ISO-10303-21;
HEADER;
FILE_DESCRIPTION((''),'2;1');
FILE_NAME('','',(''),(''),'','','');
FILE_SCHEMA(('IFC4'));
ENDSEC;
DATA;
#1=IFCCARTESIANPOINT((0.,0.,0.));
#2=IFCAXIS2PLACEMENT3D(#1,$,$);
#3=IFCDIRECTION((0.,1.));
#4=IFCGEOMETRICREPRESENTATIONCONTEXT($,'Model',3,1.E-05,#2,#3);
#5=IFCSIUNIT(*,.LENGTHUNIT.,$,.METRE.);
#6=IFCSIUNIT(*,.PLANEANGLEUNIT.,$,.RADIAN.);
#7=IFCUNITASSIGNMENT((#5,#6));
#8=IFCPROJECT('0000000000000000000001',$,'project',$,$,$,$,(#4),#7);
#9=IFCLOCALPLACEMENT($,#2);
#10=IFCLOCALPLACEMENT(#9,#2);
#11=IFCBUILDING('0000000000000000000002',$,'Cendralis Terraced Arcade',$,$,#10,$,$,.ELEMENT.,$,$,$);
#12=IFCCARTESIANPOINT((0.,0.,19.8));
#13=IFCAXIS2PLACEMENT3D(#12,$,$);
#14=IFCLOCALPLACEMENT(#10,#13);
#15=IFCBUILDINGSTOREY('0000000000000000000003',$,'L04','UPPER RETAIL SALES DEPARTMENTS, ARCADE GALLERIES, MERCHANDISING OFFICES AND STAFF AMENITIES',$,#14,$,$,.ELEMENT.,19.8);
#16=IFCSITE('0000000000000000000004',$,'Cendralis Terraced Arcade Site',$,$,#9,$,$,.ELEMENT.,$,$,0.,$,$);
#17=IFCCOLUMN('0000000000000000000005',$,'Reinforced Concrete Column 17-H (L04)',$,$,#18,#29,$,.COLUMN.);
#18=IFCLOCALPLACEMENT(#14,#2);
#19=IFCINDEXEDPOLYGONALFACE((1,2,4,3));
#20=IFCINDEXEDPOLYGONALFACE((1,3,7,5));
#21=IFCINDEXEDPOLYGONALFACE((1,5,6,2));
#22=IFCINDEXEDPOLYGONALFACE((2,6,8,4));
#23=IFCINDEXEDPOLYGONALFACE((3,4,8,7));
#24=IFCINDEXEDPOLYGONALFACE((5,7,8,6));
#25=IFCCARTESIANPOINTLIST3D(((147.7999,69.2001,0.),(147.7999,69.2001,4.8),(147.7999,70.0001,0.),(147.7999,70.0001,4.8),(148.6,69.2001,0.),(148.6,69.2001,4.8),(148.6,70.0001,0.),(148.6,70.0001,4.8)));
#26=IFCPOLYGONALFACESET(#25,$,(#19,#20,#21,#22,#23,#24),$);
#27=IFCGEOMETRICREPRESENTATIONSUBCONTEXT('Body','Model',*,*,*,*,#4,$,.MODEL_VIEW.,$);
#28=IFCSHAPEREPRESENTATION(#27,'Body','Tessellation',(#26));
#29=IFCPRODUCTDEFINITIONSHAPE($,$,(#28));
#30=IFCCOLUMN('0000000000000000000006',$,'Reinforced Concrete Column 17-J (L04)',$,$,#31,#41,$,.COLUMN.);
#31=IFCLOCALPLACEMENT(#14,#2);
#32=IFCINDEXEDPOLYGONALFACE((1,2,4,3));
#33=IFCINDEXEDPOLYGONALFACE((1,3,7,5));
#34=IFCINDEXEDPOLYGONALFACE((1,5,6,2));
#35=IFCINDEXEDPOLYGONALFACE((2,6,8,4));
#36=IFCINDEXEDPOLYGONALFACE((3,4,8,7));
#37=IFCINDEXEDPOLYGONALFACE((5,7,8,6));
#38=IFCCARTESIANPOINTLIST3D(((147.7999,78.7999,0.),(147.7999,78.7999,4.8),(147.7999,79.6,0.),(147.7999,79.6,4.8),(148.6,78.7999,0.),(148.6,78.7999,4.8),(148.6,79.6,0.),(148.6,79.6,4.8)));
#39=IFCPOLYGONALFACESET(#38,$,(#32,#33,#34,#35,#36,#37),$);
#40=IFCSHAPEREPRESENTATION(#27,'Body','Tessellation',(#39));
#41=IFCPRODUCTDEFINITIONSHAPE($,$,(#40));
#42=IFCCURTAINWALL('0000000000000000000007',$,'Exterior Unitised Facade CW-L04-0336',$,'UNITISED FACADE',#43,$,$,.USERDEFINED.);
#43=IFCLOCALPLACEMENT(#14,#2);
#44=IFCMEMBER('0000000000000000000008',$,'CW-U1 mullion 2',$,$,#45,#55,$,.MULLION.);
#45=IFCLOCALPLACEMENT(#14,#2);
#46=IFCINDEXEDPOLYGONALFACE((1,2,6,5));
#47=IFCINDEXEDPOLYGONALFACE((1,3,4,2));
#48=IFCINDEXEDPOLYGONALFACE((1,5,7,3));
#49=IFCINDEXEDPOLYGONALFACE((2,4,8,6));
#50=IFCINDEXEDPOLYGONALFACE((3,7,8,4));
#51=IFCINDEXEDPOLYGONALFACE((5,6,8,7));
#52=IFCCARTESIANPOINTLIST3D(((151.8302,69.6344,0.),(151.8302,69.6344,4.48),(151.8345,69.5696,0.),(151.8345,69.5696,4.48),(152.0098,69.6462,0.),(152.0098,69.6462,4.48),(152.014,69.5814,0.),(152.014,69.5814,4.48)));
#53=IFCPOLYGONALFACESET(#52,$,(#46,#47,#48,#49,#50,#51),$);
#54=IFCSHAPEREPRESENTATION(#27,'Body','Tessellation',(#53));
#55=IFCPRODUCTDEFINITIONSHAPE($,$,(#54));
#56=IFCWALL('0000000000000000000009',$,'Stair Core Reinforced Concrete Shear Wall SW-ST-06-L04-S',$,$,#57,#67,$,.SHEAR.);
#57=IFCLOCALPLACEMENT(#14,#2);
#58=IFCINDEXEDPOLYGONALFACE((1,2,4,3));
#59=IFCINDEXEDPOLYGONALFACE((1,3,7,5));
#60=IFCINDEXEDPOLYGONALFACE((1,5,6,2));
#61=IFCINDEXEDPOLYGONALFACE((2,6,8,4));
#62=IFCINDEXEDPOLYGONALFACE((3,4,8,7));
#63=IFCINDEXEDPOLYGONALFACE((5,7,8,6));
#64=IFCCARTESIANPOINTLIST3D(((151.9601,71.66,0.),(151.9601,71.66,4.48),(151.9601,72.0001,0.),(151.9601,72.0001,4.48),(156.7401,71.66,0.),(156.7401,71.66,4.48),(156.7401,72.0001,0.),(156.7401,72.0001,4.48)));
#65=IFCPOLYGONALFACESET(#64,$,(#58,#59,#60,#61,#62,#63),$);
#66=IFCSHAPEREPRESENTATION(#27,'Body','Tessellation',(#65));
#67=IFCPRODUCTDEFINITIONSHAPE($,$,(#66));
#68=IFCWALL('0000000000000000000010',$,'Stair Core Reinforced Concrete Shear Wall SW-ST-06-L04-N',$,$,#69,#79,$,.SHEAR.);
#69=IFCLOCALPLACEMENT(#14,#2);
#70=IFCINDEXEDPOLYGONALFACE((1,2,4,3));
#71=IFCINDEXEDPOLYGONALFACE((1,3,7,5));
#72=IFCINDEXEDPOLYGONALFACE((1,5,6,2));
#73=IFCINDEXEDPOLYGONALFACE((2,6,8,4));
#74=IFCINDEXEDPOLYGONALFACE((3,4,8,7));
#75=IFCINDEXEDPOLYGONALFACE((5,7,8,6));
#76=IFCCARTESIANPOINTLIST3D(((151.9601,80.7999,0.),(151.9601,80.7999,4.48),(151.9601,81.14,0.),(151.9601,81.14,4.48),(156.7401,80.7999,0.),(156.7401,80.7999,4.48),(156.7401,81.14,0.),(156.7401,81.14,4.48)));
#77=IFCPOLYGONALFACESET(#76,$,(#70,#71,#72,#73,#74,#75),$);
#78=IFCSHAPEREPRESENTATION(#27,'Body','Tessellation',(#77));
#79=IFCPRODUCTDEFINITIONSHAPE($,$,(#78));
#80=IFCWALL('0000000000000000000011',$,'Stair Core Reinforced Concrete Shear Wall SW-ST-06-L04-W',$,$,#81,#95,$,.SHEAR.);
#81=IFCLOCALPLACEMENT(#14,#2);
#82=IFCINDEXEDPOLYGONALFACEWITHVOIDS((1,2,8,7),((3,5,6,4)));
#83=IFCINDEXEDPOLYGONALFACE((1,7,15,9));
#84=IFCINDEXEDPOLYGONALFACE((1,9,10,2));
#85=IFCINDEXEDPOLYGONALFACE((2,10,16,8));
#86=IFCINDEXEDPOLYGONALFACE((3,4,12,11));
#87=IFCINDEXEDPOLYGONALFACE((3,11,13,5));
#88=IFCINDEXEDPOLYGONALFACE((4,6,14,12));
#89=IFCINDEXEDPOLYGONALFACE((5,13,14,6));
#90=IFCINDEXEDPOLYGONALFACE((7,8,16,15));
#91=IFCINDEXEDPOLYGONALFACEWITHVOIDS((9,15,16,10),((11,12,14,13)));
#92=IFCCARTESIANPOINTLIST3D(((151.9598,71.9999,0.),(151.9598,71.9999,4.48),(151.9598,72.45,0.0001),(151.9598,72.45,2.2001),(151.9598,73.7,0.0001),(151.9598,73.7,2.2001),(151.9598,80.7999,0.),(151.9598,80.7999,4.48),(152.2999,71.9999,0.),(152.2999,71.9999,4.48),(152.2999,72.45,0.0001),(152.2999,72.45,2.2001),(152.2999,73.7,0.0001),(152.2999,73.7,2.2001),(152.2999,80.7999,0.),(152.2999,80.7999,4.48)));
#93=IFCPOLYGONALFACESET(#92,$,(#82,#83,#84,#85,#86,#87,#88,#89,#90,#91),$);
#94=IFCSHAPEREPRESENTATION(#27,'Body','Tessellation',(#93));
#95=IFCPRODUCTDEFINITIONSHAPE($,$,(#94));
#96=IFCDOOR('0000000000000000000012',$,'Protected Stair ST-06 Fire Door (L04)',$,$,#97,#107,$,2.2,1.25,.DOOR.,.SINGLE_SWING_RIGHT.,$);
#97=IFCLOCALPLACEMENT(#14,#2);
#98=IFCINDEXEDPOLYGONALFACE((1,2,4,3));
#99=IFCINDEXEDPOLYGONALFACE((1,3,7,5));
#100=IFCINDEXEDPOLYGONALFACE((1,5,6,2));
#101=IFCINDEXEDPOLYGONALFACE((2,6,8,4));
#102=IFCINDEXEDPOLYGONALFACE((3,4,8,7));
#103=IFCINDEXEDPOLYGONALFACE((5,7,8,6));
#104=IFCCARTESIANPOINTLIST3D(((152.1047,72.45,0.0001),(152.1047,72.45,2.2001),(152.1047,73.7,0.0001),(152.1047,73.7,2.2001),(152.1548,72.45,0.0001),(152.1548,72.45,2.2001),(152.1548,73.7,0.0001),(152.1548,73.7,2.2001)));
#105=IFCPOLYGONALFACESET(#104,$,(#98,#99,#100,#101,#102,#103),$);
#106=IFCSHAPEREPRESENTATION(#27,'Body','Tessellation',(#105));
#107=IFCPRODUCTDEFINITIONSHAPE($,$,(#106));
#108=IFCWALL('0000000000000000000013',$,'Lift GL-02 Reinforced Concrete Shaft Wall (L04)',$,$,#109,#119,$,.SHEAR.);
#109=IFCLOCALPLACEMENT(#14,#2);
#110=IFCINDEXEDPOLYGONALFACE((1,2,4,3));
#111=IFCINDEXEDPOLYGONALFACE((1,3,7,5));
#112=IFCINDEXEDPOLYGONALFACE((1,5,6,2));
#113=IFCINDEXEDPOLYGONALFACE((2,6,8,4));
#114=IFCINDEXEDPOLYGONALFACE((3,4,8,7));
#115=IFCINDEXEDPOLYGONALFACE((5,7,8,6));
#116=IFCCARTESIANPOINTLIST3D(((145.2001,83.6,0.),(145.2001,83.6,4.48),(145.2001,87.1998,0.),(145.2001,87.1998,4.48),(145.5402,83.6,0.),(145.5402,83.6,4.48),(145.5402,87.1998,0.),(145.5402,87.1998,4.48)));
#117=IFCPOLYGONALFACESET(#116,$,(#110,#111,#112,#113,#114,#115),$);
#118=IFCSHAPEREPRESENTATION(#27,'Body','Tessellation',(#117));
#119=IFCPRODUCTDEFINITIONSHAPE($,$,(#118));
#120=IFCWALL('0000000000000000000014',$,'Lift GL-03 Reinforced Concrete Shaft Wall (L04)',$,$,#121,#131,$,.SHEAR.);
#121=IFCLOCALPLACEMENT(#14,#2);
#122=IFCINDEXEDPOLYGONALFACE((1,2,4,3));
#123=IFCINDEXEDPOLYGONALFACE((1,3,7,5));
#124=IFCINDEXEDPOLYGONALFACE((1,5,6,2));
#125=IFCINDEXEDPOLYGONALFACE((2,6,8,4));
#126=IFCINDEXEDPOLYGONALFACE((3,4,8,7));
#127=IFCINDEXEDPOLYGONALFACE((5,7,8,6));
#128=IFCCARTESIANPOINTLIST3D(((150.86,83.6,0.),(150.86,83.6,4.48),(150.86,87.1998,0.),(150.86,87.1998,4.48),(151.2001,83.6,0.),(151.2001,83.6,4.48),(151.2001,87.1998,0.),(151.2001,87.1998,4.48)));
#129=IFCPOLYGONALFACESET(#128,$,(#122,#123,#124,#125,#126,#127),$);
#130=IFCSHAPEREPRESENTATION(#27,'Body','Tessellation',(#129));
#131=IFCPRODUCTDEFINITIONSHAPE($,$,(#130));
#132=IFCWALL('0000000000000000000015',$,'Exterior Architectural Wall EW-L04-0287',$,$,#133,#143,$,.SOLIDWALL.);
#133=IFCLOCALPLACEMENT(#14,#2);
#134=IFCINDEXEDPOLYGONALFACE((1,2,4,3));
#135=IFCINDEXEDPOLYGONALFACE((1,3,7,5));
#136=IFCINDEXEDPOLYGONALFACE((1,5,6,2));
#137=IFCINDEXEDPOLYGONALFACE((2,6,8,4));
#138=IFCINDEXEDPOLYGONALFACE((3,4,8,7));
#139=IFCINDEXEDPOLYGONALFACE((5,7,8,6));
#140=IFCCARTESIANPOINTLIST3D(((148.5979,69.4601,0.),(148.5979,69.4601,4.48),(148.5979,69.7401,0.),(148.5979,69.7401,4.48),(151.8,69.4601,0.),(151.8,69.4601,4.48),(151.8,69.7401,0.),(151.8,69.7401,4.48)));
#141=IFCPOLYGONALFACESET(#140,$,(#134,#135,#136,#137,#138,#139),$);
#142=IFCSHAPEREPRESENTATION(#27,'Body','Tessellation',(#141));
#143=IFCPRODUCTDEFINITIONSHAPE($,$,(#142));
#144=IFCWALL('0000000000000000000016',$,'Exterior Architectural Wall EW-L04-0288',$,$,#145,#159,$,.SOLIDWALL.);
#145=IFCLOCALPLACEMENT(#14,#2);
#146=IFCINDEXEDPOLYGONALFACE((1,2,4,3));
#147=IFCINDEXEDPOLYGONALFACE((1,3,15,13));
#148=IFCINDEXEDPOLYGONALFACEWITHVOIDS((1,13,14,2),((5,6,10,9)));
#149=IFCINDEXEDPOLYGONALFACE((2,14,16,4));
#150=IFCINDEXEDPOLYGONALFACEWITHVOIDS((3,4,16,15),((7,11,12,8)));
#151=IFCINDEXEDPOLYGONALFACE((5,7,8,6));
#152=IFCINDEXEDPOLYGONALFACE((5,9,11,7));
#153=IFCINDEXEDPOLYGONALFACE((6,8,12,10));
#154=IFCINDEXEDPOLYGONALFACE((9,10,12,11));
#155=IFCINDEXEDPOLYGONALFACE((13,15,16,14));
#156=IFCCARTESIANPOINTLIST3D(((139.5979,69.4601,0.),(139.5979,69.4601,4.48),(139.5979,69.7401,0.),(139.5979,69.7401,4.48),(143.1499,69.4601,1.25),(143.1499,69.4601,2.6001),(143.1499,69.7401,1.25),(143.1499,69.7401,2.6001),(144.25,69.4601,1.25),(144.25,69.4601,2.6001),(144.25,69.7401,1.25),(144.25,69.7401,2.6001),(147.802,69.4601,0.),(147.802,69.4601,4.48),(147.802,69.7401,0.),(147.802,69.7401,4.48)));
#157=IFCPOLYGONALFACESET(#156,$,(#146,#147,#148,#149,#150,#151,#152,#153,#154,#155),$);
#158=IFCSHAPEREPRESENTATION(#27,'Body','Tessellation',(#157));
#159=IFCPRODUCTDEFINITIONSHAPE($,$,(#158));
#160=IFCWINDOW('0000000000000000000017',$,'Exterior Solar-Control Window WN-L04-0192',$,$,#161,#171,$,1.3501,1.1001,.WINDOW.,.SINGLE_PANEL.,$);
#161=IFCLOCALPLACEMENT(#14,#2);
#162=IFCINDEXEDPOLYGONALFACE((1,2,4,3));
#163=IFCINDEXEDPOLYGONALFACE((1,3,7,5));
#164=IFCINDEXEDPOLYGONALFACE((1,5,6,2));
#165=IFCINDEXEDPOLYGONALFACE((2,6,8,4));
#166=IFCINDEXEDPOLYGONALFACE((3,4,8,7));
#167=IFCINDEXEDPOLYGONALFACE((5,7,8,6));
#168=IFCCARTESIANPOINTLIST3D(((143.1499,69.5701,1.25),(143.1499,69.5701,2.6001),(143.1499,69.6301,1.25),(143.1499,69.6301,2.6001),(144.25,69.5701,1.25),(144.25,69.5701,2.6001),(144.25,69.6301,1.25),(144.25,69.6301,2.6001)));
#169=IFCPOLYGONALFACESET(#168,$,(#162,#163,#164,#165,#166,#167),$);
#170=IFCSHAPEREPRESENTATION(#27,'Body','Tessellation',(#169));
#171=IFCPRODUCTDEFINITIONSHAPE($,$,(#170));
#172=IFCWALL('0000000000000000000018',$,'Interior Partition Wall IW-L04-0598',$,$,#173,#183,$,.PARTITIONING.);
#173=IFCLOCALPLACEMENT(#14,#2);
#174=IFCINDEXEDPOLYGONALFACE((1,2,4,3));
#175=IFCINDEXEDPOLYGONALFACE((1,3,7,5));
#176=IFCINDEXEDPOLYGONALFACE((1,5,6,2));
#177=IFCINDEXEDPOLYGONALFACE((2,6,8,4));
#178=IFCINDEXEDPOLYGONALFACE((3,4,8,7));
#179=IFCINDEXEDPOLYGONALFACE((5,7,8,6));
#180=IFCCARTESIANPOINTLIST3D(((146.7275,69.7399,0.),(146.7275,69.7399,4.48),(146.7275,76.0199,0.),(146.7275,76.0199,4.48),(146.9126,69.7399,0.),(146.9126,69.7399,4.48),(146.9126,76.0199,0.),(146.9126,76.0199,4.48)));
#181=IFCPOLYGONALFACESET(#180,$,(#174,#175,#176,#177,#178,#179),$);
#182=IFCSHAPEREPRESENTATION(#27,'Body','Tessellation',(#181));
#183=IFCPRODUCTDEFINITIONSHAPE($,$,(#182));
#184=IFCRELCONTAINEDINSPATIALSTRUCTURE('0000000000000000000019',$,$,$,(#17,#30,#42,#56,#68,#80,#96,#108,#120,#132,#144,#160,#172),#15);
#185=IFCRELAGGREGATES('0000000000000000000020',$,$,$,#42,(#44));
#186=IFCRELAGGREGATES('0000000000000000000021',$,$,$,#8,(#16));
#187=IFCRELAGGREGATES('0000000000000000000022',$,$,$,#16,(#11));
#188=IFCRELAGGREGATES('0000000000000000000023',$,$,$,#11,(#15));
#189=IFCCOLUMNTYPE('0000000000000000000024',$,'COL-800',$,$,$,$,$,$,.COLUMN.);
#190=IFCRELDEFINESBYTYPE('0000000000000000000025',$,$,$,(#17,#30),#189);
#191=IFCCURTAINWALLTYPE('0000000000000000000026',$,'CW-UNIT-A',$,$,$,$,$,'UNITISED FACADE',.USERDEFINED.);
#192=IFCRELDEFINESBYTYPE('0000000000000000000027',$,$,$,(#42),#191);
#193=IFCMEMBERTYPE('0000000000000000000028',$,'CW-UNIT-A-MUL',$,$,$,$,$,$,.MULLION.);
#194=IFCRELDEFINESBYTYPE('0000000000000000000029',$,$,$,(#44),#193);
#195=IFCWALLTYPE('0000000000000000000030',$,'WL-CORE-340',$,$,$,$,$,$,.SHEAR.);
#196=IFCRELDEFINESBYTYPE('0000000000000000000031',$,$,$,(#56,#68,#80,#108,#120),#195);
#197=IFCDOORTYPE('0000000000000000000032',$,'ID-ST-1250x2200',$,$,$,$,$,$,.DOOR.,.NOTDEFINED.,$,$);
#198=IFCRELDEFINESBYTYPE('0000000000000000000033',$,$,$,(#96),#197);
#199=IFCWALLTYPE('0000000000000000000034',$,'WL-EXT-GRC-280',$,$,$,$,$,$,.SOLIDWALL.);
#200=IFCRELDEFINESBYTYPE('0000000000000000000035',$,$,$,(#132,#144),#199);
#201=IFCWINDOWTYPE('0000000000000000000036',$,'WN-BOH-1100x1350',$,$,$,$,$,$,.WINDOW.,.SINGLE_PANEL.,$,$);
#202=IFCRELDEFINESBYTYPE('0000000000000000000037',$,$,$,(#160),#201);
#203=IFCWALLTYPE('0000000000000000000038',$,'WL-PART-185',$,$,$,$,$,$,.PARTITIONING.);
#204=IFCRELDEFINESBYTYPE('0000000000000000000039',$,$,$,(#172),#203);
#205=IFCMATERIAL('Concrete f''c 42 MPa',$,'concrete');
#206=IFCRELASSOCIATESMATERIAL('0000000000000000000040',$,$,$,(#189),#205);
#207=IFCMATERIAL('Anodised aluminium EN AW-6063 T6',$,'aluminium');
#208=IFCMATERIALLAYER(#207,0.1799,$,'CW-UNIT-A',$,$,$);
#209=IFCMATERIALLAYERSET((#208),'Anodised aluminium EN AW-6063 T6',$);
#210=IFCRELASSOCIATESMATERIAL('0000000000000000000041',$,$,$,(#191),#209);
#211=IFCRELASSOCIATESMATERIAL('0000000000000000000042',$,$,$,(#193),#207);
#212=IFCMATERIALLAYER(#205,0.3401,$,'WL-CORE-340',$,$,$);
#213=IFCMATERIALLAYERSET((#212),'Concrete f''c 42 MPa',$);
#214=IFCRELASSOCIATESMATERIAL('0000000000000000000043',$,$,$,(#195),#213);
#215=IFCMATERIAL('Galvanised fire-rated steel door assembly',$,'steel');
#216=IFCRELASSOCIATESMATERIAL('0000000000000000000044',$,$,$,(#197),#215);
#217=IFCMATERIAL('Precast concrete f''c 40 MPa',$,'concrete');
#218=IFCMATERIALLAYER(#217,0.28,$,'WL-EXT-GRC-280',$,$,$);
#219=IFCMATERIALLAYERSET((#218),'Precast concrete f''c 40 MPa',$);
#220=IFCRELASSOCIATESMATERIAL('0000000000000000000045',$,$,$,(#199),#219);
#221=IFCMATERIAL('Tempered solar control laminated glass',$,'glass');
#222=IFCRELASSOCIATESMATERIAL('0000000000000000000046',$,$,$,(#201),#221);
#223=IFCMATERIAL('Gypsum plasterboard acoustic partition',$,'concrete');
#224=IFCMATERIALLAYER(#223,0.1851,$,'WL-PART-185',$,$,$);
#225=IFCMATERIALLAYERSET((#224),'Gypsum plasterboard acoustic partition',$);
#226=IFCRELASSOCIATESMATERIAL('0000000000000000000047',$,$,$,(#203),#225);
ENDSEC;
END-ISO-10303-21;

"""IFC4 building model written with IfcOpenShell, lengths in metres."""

from ifc_helpers import new_model, si_unit, direction, frame, frame_2d, origin, origin_2d, place, context, subcontext, project, spatial, rectangle, extrude, material, layer, layer_set, material_profile, profile_set, type_object, element, fill, aggregate, save


model = new_model("IFC4")

# Units and contexts
model_context = context("Model", 3, precision=1e-05, world=origin(), true_north=direction((0.0, 1.0)))
body_context = subcontext(model_context, "Body", "Model", "MODEL_VIEW")
ifc_project = project(units=[si_unit("LENGTHUNIT", "METRE"), si_unit("PLANEANGLEUNIT", "RADIAN")], contexts=[model_context])

# Site, building, storey
site_placement = place(None, origin())
site = spatial("IfcSite", under=ifc_project, at=site_placement, Name="Cendralis Terraced Arcade Site", CompositionType="ELEMENT", RefElevation=0.0)
building_placement = place(site_placement, origin())
building = spatial("IfcBuilding", under=site, at=building_placement, Name="Cendralis Terraced Arcade", CompositionType="ELEMENT")
storey_placement = place(building_placement, frame((0.0, 0.0, 19.8)))
storey = spatial("IfcBuildingStorey", under=building, at=storey_placement, Name="L04", Description="UPPER RETAIL SALES DEPARTMENTS, ARCADE GALLERIES, MERCHANDISING OFFICES AND STAFF AMENITIES", CompositionType="ELEMENT", Elevation=19.8)

# Columns
ifc_material_1 = material(Name="Concrete f'c 42 MPa", Category="concrete")
ifc_material_profile_1 = material_profile(ifc_material_1, rectangle(XDim=0.8, YDim=0.8, at=origin_2d()), Name="RC-COL-800x800", Category="LoadBearing")
ifc_profile_set_1 = profile_set([ifc_material_profile_1], Name="Concrete f'c 42 MPa")
column_type = type_object("IfcColumnType", Name="COL-800", PredefinedType="COLUMN", material=ifc_profile_set_1)
for number, where, z_axis, x_axis, name in (
    (1, (148.2, 69.6001, 0.0), (0.0, 0.0, 1.0), (1.0, 0.0, 0.0), "Reinforced Concrete Column 17-H (L04)"),
    (2, (148.2, 79.2, 0.0), (0.0, 0.0, 1.0), (1.0, 0.0, 0.0), "Reinforced Concrete Column 17-J (L04)"),
):
    element("IfcColumn", number, at=place(storey_placement, frame(where, z_axis=z_axis, x_axis=x_axis)), inside=storey, type_object=column_type, Name=name, PredefinedType="COLUMN", context=body_context, shape_type="SweptSolid", body=[
        extrude(rectangle(XDim=0.8, YDim=0.8, at=origin_2d()), origin(), (0.0, 0.0, 1.0), 4.8),
    ])

# Curtain wall, member
ifc_material_2 = material(Name="Anodised aluminium EN AW-6063 T6", Category="aluminium")
ifc_layer_1 = layer(ifc_material_2, 0.1799, Name="CW-UNIT-A")
ifc_layer_set_1 = layer_set([ifc_layer_1], Name="Anodised aluminium EN AW-6063 T6")
curtain_wall_type = type_object("IfcCurtainWallType", Name="CW-UNIT-A", ElementType="UNITISED FACADE", PredefinedType="USERDEFINED", material=ifc_layer_set_1)
curtain_wall_placement = place(storey_placement, origin())
curtain_wall = element("IfcCurtainWall", 3, at=curtain_wall_placement, inside=storey, type_object=curtain_wall_type, Name="Exterior Unitised Facade CW-L04-0336", ObjectType="UNITISED FACADE", PredefinedType="USERDEFINED")
ifc_material_profile_2 = material_profile(ifc_material_2, rectangle(XDim=0.0649, YDim=0.1799, at=origin_2d()), Name="ALU-MUL-65x180")
ifc_profile_set_2 = profile_set([ifc_material_profile_2], Name="Anodised aluminium EN AW-6063 T6")
member_type = type_object("IfcMemberType", Name="CW-UNIT-A-MUL", PredefinedType="MULLION", material=ifc_profile_set_2)
member_placement = place(storey_placement, frame((151.9221, 69.6079, 0.0), z_axis=(0.0, 0.0, 1.0), x_axis=(0.065372, -0.997861, 0.0)))
member = element("IfcMember", 4, at=member_placement, type_object=member_type, Name="CW-U1 mullion 2", PredefinedType="MULLION", context=body_context, shape_type="SweptSolid", body=[
    extrude(rectangle(XDim=0.0649, YDim=0.1799, at=origin_2d()), origin(), (0.0, 0.0, 1.0), 4.48),
])
aggregate(curtain_wall, [member])

# Walls
ifc_layer_2 = layer(ifc_material_1, 0.3401, Name="WL-CORE-340")
ifc_layer_set_2 = layer_set([ifc_layer_2], Name="Concrete f'c 42 MPa")
wall_type_1 = type_object("IfcWallType", Name="WL-CORE-340", PredefinedType="SHEAR", material=ifc_layer_set_2)
for number, where, z_axis, x_axis, name in (
    (5, (151.96, 71.8301, 0.0), (0.0, 0.0, 1.0), (1.0, 0.0, 0.0), "Stair Core Reinforced Concrete Shear Wall SW-ST-06-L04-S"),
    (6, (151.96, 80.97, 0.0), (0.0, 0.0, 1.0), (1.0, 0.0, 0.0), "Stair Core Reinforced Concrete Shear Wall SW-ST-06-L04-N"),
):
    element("IfcWall", number, at=place(storey_placement, frame(where, z_axis=z_axis, x_axis=x_axis)), inside=storey, type_object=wall_type_1, Name=name, PredefinedType="SHEAR", context=body_context, shape_type="SweptSolid", body=[
        extrude(rectangle(XDim=4.78, YDim=0.3401, at=frame_2d((2.3901, 0.0))), origin(), (0.0, 0.0, 1.0), 4.48),
    ])

# Wall, opening, door
wall_1_placement = place(storey_placement, frame((152.1299, 72.0, 0.0), z_axis=(0.0, 0.0, 1.0), x_axis=(0.0, 1.0, 0.0)))
wall_1 = element("IfcWall", 7, at=wall_1_placement, inside=storey, type_object=wall_type_1, Name="Stair Core Reinforced Concrete Shear Wall SW-ST-06-L04-W", PredefinedType="SHEAR", context=body_context, shape_type="SweptSolid", body=[
    extrude(rectangle(XDim=8.8, YDim=0.3401, at=frame_2d((4.3999, 0.0))), origin(), (0.0, 0.0, 1.0), 4.48),
])
opening_1_placement = place(wall_1_placement, frame((0.45, 0.0, 0.0)))
opening_1 = element("IfcOpeningElement", 8, at=opening_1_placement, cuts=wall_1, PredefinedType="OPENING", context=body_context, shape_type="SweptSolid", body=[
    extrude(rectangle(XDim=1.25, YDim=2.2, at=frame_2d((0.625, 1.1001))), frame((0.0, 0.1821, 0.0), z_axis=(0.0, -1.0, 0.0), x_axis=(1.0, 0.0, 0.0)), (0.0, 0.0, 1.0), 0.364),
])
ifc_material_3 = material(Name="Galvanised fire-rated steel door assembly", Category="steel")
door_type_1 = type_object("IfcDoorType", Name="ID-ST-1250x2200", OperationType="NOTDEFINED", PredefinedType="DOOR", material=ifc_material_3)
door_1_placement = place(opening_1_placement, frame((1.25, 0.0, 0.0), z_axis=(0.0, 0.0, 1.0), x_axis=(-1.0, 0.0, 0.0)))
door_1 = element("IfcDoor", 9, at=door_1_placement, inside=storey, type_object=door_type_1, Name="Protected Stair ST-06 Fire Door (L04)", OperationType="SINGLE_SWING_RIGHT", OverallHeight=2.2, OverallWidth=1.25, PredefinedType="DOOR", context=body_context, shape_type="SweptSolid", body=[
    extrude(rectangle(XDim=1.25, YDim=2.2, at=frame_2d((0.625, 1.1001))), frame((0.0, 0.0249, 0.0), z_axis=(0.0, -1.0, 0.0), x_axis=(1.0, 0.0, 0.0)), (0.0, 0.0, 1.0), 0.05),
])
fill(opening_1, door_1)

# Wall
wall_2_placement = place(storey_placement, frame((145.3701, 83.6001, 0.0), z_axis=(0.0, 0.0, 1.0), x_axis=(0.0, 1.0, 0.0)))
element("IfcWall", 10, at=wall_2_placement, inside=storey, type_object=wall_type_1, Name="Lift GL-02 Reinforced Concrete Shaft Wall (L04)", PredefinedType="SHEAR", context=body_context, shape_type="SweptSolid", body=[
    extrude(rectangle(XDim=3.5999, YDim=0.3401, at=frame_2d((1.7998, 0.0))), origin(), (0.0, 0.0, 1.0), 4.48),
])

# Walls
wall_3_placement = place(storey_placement, frame((151.03, 83.6001, 0.0), z_axis=(0.0, 0.0, 1.0), x_axis=(0.0, 1.0, 0.0)))
element("IfcWall", 11, at=wall_3_placement, inside=storey, type_object=wall_type_1, Name="Lift GL-03 Reinforced Concrete Shaft Wall (L04)", PredefinedType="SHEAR", context=body_context, shape_type="SweptSolid", body=[
    extrude(rectangle(XDim=3.5999, YDim=0.3401, at=frame_2d((1.7998, 0.0))), origin(), (0.0, 0.0, 1.0), 4.48),
])
ifc_material_4 = material(Name="Precast concrete f'c 40 MPa", Category="concrete")
ifc_layer_3 = layer(ifc_material_4, 0.28, Name="WL-EXT-GRC-280")
ifc_layer_set_3 = layer_set([ifc_layer_3], Name="Precast concrete f'c 40 MPa")
wall_type_2 = type_object("IfcWallType", Name="WL-EXT-GRC-280", PredefinedType="SOLIDWALL", material=ifc_layer_set_3)
wall_4_placement = place(storey_placement, frame((151.8, 69.6001, 0.0), z_axis=(0.0, 0.0, 1.0), x_axis=(-1.0, 0.0, 0.0)))
element("IfcWall", 12, at=wall_4_placement, inside=storey, type_object=wall_type_2, Name="Exterior Architectural Wall EW-L04-0287", PredefinedType="SOLIDWALL", context=body_context, shape_type="SweptSolid", body=[
    extrude(rectangle(XDim=3.2021, YDim=0.28, at=frame_2d((1.6011, 0.0))), origin(), (0.0, 0.0, 1.0), 4.48),
])

# Wall, opening, window
wall_5_placement = place(storey_placement, frame((147.802, 69.6001, 0.0), z_axis=(0.0, 0.0, 1.0), x_axis=(-1.0, 0.0, 0.0)))
wall_5 = element("IfcWall", 13, at=wall_5_placement, inside=storey, type_object=wall_type_2, Name="Exterior Architectural Wall EW-L04-0288", PredefinedType="SOLIDWALL", context=body_context, shape_type="SweptSolid", body=[
    extrude(rectangle(XDim=8.2041, YDim=0.28, at=frame_2d((4.1021, 0.0))), origin(), (0.0, 0.0, 1.0), 4.48),
])
opening_2_placement = place(wall_5_placement, frame((3.552, 0.0, 1.25)))
opening_2 = element("IfcOpeningElement", 14, at=opening_2_placement, cuts=wall_5, PredefinedType="OPENING", context=body_context, shape_type="SweptSolid", body=[
    extrude(rectangle(XDim=1.1001, YDim=1.3501, at=frame_2d((0.55, 0.675))), frame((0.0, 0.1519, 0.0), z_axis=(0.0, -1.0, 0.0), x_axis=(1.0, 0.0, 0.0)), (0.0, 0.0, 1.0), 0.304),
])
ifc_material_5 = material(Name="Tempered solar control laminated glass", Category="glass")
window_type = type_object("IfcWindowType", Name="WN-BOH-1100x1350", PartitioningType="SINGLE_PANEL", PredefinedType="WINDOW", material=ifc_material_5)
window_placement = place(opening_2_placement, origin())
window = element("IfcWindow", 15, at=window_placement, inside=storey, type_object=window_type, Name="Exterior Solar-Control Window WN-L04-0192", OverallHeight=1.3501, OverallWidth=1.1001, PartitioningType="SINGLE_PANEL", PredefinedType="WINDOW", context=body_context, shape_type="SweptSolid", body=[
    extrude(rectangle(XDim=1.1001, YDim=1.3501, at=frame_2d((0.55, 0.675))), frame((0.0, 0.03, 0.0), z_axis=(0.0, -1.0, 0.0), x_axis=(1.0, 0.0, 0.0)), (0.0, 0.0, 1.0), 0.0601),
])
fill(opening_2, window)

# Wall
ifc_material_6 = material(Name="Gypsum plasterboard acoustic partition", Category="concrete")
ifc_layer_4 = layer(ifc_material_6, 0.1851, Name="WL-PART-185")
ifc_layer_set_4 = layer_set([ifc_layer_4], Name="Gypsum plasterboard acoustic partition")
wall_type_3 = type_object("IfcWallType", Name="WL-PART-185", PredefinedType="PARTITIONING", material=ifc_layer_set_4)
wall_6_placement = place(storey_placement, frame((146.8201, 76.02, 0.0), z_axis=(0.0, 0.0, 1.0), x_axis=(0.0, -1.0, 0.0)))
element("IfcWall", 16, at=wall_6_placement, inside=storey, type_object=wall_type_3, Name="Interior Partition Wall IW-L04-0598", PredefinedType="PARTITIONING", context=body_context, shape_type="SweptSolid", body=[
    extrude(rectangle(XDim=6.28, YDim=0.1851, at=frame_2d((3.1401, 0.0))), origin(), (0.0, 0.0, 1.0), 4.48),
])

save(model, "model.ifc")
